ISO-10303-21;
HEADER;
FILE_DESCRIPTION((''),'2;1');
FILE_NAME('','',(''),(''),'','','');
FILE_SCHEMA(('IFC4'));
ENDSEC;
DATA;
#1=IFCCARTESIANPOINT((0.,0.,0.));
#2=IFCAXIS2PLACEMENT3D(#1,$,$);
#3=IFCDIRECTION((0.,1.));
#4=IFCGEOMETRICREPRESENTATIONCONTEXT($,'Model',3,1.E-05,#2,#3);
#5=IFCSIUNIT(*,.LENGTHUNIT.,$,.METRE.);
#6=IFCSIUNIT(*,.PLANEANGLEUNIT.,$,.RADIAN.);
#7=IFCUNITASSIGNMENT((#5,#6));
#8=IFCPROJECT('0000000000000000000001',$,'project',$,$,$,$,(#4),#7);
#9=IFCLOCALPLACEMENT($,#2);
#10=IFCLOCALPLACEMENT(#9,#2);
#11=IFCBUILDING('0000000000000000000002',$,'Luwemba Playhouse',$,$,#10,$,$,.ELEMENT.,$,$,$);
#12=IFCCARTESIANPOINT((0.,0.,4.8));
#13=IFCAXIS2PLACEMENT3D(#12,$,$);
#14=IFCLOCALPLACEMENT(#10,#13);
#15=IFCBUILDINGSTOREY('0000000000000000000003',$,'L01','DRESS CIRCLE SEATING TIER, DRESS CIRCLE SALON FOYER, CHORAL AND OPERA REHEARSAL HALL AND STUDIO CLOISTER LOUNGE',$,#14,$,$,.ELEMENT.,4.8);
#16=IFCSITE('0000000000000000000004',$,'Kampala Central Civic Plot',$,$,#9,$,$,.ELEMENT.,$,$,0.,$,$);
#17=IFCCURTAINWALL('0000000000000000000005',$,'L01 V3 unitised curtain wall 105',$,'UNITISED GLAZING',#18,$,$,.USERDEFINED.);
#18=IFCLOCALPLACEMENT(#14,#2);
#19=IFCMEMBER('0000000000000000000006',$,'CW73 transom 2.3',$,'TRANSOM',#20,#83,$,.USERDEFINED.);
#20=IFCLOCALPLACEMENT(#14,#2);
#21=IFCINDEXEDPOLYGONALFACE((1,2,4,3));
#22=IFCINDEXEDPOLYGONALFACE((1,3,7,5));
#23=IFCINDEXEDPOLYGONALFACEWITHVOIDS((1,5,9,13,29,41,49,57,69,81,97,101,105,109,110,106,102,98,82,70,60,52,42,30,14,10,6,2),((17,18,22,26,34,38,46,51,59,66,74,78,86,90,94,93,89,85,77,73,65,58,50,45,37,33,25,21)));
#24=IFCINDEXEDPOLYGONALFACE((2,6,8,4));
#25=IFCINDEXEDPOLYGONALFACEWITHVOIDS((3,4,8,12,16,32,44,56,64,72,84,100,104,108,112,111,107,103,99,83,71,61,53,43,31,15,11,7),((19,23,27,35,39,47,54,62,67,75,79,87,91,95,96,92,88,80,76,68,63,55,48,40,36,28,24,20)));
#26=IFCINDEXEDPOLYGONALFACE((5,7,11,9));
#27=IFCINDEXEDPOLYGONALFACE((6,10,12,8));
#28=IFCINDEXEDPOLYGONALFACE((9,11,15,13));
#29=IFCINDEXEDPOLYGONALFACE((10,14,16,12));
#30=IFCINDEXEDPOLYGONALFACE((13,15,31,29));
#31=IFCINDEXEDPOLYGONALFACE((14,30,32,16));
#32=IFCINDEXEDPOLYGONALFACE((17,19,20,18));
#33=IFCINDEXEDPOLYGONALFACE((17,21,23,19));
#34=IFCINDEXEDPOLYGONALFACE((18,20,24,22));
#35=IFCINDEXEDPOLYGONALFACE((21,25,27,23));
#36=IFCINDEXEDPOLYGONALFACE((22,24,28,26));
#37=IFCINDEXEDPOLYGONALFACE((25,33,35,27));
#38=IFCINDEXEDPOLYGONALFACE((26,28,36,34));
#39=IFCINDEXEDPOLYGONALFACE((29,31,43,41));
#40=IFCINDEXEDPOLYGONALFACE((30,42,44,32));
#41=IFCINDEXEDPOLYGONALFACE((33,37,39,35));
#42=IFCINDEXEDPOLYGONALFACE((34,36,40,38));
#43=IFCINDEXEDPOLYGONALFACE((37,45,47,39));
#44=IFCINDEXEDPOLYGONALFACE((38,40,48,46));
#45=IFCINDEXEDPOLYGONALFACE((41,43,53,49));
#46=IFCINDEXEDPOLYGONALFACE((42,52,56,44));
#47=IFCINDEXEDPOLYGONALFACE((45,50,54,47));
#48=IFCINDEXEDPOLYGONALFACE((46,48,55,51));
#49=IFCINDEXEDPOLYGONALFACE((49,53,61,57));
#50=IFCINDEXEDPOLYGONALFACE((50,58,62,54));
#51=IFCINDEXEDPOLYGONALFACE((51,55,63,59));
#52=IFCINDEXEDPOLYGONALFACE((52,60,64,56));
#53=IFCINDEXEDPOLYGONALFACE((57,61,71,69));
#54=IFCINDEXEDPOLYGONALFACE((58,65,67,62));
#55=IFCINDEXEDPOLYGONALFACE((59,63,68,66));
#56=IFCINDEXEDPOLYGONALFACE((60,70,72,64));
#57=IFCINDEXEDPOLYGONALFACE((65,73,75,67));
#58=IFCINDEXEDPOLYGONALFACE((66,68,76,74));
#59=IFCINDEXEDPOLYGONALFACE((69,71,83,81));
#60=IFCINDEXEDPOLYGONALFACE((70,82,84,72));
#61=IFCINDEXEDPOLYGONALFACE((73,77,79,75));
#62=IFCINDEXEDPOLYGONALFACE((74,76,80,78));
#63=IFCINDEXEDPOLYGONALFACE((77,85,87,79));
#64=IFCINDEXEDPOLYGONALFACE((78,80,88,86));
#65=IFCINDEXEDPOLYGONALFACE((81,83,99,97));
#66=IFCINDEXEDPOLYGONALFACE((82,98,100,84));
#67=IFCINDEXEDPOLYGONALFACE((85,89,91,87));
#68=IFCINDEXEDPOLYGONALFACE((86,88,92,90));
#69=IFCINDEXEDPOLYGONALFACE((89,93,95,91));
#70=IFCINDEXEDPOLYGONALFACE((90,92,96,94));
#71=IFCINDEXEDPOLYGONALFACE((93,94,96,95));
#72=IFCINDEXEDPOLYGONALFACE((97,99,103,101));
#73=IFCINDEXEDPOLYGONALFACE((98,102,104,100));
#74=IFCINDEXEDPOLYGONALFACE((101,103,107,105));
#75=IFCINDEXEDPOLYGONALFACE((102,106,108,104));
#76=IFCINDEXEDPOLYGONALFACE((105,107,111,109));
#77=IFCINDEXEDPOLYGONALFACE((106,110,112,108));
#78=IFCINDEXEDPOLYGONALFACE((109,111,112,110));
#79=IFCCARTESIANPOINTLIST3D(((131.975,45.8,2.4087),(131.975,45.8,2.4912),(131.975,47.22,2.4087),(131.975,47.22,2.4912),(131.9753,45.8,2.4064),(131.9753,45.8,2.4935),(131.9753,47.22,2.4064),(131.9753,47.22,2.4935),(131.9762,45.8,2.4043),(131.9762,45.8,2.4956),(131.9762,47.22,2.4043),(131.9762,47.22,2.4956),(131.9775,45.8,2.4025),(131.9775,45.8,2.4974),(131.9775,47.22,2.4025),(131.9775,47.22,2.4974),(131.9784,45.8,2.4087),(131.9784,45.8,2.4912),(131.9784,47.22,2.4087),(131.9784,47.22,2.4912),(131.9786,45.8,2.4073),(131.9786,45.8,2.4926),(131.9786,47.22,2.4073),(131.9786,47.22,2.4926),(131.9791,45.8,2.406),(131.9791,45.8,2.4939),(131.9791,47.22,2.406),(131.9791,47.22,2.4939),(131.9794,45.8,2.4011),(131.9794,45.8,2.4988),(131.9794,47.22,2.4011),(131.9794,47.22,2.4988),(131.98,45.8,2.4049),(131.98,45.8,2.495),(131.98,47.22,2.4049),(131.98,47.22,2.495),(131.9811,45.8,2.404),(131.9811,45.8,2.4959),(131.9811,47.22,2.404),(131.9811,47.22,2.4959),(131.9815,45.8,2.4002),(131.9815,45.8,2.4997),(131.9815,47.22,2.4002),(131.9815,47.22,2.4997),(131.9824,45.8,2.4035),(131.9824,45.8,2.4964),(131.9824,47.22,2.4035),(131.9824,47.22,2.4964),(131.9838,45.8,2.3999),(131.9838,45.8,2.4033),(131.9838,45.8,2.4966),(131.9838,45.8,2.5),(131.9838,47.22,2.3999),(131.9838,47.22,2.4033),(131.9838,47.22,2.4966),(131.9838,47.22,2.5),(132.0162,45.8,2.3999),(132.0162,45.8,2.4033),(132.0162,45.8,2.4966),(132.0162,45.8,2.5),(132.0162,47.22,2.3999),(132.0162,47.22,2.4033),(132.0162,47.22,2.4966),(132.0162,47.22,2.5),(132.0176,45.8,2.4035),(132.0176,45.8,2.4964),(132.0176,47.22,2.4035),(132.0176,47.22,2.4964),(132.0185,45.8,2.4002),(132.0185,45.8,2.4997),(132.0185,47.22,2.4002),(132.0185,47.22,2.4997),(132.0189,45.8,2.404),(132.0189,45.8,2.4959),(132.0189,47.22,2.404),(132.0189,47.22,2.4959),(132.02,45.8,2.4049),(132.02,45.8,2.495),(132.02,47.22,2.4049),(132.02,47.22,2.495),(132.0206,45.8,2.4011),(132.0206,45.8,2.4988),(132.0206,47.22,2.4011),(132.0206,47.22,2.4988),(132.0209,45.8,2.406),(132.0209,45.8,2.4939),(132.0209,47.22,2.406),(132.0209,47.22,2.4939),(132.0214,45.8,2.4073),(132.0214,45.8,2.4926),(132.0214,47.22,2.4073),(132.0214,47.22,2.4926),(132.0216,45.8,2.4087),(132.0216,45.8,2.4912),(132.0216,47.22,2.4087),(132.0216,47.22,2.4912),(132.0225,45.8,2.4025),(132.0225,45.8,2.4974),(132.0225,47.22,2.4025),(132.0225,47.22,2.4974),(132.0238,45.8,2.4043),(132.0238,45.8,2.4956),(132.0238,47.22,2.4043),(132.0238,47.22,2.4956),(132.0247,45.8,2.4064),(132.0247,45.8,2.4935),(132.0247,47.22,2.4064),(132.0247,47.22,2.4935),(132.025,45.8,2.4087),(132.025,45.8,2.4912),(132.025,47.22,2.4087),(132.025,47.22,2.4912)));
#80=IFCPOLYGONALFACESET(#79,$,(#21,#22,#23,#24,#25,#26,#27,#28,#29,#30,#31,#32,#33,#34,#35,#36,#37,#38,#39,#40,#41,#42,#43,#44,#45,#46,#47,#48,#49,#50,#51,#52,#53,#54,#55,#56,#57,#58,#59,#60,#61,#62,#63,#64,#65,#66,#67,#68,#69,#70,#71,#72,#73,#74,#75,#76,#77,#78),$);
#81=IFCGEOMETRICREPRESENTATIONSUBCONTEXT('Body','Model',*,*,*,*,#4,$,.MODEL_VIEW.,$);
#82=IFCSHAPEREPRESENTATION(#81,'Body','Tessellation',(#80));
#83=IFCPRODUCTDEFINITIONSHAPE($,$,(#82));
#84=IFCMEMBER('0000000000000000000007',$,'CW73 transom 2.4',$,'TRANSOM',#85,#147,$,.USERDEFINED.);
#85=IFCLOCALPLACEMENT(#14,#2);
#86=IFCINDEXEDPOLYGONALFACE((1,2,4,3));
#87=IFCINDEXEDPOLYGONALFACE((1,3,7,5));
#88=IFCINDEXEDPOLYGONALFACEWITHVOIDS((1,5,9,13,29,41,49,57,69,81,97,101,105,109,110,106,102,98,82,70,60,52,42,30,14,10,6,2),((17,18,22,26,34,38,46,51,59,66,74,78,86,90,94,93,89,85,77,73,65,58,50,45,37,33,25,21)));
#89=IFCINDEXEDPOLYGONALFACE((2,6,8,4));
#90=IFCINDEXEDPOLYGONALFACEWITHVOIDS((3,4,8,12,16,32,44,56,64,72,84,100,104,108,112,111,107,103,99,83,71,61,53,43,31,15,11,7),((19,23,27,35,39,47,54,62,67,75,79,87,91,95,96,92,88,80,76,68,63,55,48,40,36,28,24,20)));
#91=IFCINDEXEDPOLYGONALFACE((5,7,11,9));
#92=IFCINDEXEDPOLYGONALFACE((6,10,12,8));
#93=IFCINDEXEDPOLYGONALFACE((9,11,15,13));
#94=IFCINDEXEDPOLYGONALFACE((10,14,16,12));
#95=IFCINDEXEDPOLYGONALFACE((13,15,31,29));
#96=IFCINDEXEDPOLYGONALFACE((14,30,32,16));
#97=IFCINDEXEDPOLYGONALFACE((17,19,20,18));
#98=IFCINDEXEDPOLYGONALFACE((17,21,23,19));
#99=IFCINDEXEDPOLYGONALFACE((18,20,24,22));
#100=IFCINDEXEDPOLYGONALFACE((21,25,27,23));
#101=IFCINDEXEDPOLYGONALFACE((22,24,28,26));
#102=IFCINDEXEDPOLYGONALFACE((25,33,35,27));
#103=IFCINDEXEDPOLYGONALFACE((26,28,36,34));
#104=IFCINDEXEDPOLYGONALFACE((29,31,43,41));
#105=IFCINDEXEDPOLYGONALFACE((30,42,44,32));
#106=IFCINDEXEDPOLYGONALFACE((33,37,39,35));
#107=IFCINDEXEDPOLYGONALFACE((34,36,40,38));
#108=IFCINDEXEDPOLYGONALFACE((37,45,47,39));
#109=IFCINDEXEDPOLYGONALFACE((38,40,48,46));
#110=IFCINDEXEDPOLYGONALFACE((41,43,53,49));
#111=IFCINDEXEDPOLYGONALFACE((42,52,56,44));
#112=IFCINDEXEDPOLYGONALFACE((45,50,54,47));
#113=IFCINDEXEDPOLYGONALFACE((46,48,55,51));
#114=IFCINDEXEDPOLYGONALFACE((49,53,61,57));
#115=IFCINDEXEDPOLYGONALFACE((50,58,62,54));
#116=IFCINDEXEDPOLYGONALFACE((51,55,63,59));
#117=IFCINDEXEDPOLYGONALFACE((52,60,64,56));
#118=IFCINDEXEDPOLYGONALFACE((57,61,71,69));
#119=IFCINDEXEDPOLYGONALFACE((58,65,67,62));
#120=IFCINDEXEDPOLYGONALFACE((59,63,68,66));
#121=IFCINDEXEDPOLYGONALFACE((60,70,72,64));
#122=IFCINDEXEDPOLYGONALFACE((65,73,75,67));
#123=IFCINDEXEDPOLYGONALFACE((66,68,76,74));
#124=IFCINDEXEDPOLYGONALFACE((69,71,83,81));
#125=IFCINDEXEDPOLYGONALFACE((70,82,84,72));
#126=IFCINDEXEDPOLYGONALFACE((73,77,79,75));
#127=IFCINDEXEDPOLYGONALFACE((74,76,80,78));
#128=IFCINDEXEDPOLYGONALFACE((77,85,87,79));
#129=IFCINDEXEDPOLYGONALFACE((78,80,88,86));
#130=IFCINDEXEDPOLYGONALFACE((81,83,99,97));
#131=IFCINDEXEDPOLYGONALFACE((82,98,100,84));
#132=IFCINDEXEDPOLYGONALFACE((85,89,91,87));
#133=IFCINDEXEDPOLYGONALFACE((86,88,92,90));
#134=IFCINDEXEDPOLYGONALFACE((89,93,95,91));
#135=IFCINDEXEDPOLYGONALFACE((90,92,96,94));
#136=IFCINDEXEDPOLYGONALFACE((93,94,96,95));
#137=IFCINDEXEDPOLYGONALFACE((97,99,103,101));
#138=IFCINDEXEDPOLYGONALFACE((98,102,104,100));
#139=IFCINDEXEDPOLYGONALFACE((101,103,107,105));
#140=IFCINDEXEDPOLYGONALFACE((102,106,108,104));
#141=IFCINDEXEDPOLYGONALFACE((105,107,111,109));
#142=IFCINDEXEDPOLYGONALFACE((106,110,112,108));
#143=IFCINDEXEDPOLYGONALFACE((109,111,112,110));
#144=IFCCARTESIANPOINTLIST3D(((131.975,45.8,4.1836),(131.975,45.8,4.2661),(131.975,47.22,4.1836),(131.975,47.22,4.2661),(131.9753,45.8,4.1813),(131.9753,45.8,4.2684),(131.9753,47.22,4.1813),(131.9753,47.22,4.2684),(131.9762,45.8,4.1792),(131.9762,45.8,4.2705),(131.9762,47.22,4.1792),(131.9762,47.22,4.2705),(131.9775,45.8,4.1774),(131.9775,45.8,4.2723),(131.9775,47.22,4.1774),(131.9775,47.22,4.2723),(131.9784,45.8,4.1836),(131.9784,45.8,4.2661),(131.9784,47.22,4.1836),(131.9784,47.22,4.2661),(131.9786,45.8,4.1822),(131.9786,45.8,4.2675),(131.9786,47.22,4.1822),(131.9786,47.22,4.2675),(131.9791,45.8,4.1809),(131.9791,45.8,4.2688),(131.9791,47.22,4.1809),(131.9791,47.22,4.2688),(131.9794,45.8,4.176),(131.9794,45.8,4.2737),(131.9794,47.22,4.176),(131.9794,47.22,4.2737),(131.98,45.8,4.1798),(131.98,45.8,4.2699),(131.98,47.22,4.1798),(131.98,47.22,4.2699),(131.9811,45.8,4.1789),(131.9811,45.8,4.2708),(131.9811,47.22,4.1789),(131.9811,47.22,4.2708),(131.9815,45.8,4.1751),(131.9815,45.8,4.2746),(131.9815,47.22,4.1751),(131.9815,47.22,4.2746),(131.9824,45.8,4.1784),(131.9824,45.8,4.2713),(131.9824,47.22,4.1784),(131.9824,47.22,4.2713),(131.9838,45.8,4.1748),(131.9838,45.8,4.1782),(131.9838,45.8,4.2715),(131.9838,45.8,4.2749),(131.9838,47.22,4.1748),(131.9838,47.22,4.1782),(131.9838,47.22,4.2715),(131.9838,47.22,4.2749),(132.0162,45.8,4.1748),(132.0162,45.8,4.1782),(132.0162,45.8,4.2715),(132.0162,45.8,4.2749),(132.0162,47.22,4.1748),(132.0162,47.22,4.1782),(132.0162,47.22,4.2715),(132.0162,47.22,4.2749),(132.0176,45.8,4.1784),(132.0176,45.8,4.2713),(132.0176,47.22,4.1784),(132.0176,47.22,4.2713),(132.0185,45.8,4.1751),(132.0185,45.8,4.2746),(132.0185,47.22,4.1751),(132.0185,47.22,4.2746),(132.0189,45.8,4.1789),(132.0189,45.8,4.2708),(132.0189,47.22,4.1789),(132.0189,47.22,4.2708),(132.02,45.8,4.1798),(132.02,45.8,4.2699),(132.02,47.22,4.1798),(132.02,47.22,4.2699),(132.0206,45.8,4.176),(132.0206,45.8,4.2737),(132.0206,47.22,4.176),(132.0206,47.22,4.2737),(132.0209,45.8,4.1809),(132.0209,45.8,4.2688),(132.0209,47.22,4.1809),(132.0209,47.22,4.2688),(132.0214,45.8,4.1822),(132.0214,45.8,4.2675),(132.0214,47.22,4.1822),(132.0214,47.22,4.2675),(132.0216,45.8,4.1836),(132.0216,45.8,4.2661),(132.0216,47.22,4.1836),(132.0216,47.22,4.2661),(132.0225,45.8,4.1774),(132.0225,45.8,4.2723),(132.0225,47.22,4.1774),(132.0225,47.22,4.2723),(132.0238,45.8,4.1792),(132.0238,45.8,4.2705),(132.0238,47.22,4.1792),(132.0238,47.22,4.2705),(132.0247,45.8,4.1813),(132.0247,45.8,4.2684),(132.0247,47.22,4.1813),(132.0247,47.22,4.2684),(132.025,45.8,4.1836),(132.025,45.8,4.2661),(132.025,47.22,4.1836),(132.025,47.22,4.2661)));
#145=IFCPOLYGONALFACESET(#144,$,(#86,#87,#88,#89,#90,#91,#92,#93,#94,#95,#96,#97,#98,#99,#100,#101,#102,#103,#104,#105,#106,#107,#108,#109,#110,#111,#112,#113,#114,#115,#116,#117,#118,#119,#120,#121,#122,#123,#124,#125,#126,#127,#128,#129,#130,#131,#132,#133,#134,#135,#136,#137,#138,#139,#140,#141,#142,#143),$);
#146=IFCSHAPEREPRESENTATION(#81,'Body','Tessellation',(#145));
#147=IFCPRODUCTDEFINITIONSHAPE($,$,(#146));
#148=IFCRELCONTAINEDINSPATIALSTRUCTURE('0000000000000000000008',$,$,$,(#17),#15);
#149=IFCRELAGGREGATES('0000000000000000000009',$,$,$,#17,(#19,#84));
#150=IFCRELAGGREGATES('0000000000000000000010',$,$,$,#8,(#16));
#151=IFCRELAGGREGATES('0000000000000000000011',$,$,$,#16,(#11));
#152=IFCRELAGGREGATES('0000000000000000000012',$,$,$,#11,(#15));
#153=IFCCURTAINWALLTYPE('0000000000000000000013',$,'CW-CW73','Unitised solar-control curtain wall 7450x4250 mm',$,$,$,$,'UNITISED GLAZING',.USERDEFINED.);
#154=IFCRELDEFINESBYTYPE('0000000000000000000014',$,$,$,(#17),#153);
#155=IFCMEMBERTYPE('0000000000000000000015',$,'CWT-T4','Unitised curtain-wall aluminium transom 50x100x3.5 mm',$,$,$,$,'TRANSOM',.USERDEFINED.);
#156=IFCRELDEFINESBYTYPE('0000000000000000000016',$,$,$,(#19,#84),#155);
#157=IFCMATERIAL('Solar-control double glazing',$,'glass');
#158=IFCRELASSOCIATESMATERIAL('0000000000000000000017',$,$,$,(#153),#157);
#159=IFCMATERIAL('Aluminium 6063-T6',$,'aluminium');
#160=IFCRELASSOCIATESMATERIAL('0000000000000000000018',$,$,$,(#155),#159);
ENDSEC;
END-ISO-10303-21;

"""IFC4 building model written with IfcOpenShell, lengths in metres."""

from ifc_helpers import new_model, si_unit, direction, frame, origin, origin_2d, place, context, subcontext, project, spatial, hollow_rectangle, extrude, material, material_profile, profile_set, type_object, element, aggregate, save


model = new_model("IFC4")

# Units and contexts
model_context = context("Model", 3, precision=1e-05, world=origin(), true_north=direction((0.0, 1.0)))
body_context = subcontext(model_context, "Body", "Model", "MODEL_VIEW")
ifc_project = project(units=[si_unit("LENGTHUNIT", "METRE"), si_unit("PLANEANGLEUNIT", "RADIAN")], contexts=[model_context])

# Site, building, storey
site_placement = place(None, origin())
site = spatial("IfcSite", under=ifc_project, at=site_placement, Name="Kampala Central Civic Plot", CompositionType="ELEMENT", RefElevation=0.0)
building_placement = place(site_placement, origin())
building = spatial("IfcBuilding", under=site, at=building_placement, Name="Luwemba Playhouse", CompositionType="ELEMENT")
storey_placement = place(building_placement, frame((0.0, 0.0, 4.8)))
storey = spatial("IfcBuildingStorey", under=building, at=storey_placement, Name="L01", Description="DRESS CIRCLE SEATING TIER, DRESS CIRCLE SALON FOYER, CHORAL AND OPERA REHEARSAL HALL AND STUDIO CLOISTER LOUNGE", CompositionType="ELEMENT", Elevation=4.8)

# Curtain wall, members
ifc_material_1 = material(Name="Solar-control double glazing", Category="glass")
curtain_wall_type = type_object("IfcCurtainWallType", Name="CW-CW73", Description="Unitised solar-control curtain wall 7450x4250 mm", ElementType="UNITISED GLAZING", PredefinedType="USERDEFINED", material=ifc_material_1)
curtain_wall_placement = place(storey_placement, origin())
curtain_wall = element("IfcCurtainWall", 1, at=curtain_wall_placement, inside=storey, type_object=curtain_wall_type, Name="L01 V3 unitised curtain wall 105", ObjectType="UNITISED GLAZING", PredefinedType="USERDEFINED")
ifc_material_2 = material(Name="Aluminium 6063-T6", Category="aluminium")
ifc_material_profile_1 = material_profile(ifc_material_2, hollow_rectangle(XDim=0.05, YDim=0.1001, WallThickness=0.0034, InnerFilletRadius=0.0054, OuterFilletRadius=0.0088, at=origin_2d()))
ifc_profile_set_1 = profile_set([ifc_material_profile_1], Name="Aluminium 6063-T6")
member_type_1 = type_object("IfcMemberType", Name="CWT-T4", Description="Unitised curtain-wall aluminium transom 50x100x3.5 mm", ElementType="TRANSOM", PredefinedType="USERDEFINED", material=ifc_profile_set_1)
member_1_placement = place(storey_placement, frame((132.0, 45.8, 2.45), z_axis=(0.0, 1.0, 0.0), x_axis=(-1.0, 0.0, 0.0)))
member_1 = element("IfcMember", 2, at=member_1_placement, type_object=member_type_1, Name="CW73 transom 2.3", ObjectType="TRANSOM", PredefinedType="USERDEFINED", context=body_context, shape_type="SweptSolid", body=[
    extrude(hollow_rectangle(XDim=0.05, YDim=0.1001, WallThickness=0.0034, InnerFilletRadius=0.0054, OuterFilletRadius=0.0088, at=origin_2d()), origin(), (0.0, 0.0, 1.0), 1.4199),
])
member_2_placement = place(storey_placement, frame((132.0, 45.8, 4.2249), z_axis=(0.0, 1.0, 0.0), x_axis=(-1.0, 0.0, 0.0)))
member_2 = element("IfcMember", 3, at=member_2_placement, type_object=member_type_1, Name="CW73 transom 2.4", ObjectType="TRANSOM", PredefinedType="USERDEFINED", context=body_context, shape_type="SweptSolid", body=[
    extrude(hollow_rectangle(XDim=0.05, YDim=0.1001, WallThickness=0.0034, InnerFilletRadius=0.0054, OuterFilletRadius=0.0088, at=origin_2d()), origin(), (0.0, 0.0, 1.0), 1.4199),
])
aggregate(curtain_wall, [member_1, member_2])

save(model, "model.ifc")
